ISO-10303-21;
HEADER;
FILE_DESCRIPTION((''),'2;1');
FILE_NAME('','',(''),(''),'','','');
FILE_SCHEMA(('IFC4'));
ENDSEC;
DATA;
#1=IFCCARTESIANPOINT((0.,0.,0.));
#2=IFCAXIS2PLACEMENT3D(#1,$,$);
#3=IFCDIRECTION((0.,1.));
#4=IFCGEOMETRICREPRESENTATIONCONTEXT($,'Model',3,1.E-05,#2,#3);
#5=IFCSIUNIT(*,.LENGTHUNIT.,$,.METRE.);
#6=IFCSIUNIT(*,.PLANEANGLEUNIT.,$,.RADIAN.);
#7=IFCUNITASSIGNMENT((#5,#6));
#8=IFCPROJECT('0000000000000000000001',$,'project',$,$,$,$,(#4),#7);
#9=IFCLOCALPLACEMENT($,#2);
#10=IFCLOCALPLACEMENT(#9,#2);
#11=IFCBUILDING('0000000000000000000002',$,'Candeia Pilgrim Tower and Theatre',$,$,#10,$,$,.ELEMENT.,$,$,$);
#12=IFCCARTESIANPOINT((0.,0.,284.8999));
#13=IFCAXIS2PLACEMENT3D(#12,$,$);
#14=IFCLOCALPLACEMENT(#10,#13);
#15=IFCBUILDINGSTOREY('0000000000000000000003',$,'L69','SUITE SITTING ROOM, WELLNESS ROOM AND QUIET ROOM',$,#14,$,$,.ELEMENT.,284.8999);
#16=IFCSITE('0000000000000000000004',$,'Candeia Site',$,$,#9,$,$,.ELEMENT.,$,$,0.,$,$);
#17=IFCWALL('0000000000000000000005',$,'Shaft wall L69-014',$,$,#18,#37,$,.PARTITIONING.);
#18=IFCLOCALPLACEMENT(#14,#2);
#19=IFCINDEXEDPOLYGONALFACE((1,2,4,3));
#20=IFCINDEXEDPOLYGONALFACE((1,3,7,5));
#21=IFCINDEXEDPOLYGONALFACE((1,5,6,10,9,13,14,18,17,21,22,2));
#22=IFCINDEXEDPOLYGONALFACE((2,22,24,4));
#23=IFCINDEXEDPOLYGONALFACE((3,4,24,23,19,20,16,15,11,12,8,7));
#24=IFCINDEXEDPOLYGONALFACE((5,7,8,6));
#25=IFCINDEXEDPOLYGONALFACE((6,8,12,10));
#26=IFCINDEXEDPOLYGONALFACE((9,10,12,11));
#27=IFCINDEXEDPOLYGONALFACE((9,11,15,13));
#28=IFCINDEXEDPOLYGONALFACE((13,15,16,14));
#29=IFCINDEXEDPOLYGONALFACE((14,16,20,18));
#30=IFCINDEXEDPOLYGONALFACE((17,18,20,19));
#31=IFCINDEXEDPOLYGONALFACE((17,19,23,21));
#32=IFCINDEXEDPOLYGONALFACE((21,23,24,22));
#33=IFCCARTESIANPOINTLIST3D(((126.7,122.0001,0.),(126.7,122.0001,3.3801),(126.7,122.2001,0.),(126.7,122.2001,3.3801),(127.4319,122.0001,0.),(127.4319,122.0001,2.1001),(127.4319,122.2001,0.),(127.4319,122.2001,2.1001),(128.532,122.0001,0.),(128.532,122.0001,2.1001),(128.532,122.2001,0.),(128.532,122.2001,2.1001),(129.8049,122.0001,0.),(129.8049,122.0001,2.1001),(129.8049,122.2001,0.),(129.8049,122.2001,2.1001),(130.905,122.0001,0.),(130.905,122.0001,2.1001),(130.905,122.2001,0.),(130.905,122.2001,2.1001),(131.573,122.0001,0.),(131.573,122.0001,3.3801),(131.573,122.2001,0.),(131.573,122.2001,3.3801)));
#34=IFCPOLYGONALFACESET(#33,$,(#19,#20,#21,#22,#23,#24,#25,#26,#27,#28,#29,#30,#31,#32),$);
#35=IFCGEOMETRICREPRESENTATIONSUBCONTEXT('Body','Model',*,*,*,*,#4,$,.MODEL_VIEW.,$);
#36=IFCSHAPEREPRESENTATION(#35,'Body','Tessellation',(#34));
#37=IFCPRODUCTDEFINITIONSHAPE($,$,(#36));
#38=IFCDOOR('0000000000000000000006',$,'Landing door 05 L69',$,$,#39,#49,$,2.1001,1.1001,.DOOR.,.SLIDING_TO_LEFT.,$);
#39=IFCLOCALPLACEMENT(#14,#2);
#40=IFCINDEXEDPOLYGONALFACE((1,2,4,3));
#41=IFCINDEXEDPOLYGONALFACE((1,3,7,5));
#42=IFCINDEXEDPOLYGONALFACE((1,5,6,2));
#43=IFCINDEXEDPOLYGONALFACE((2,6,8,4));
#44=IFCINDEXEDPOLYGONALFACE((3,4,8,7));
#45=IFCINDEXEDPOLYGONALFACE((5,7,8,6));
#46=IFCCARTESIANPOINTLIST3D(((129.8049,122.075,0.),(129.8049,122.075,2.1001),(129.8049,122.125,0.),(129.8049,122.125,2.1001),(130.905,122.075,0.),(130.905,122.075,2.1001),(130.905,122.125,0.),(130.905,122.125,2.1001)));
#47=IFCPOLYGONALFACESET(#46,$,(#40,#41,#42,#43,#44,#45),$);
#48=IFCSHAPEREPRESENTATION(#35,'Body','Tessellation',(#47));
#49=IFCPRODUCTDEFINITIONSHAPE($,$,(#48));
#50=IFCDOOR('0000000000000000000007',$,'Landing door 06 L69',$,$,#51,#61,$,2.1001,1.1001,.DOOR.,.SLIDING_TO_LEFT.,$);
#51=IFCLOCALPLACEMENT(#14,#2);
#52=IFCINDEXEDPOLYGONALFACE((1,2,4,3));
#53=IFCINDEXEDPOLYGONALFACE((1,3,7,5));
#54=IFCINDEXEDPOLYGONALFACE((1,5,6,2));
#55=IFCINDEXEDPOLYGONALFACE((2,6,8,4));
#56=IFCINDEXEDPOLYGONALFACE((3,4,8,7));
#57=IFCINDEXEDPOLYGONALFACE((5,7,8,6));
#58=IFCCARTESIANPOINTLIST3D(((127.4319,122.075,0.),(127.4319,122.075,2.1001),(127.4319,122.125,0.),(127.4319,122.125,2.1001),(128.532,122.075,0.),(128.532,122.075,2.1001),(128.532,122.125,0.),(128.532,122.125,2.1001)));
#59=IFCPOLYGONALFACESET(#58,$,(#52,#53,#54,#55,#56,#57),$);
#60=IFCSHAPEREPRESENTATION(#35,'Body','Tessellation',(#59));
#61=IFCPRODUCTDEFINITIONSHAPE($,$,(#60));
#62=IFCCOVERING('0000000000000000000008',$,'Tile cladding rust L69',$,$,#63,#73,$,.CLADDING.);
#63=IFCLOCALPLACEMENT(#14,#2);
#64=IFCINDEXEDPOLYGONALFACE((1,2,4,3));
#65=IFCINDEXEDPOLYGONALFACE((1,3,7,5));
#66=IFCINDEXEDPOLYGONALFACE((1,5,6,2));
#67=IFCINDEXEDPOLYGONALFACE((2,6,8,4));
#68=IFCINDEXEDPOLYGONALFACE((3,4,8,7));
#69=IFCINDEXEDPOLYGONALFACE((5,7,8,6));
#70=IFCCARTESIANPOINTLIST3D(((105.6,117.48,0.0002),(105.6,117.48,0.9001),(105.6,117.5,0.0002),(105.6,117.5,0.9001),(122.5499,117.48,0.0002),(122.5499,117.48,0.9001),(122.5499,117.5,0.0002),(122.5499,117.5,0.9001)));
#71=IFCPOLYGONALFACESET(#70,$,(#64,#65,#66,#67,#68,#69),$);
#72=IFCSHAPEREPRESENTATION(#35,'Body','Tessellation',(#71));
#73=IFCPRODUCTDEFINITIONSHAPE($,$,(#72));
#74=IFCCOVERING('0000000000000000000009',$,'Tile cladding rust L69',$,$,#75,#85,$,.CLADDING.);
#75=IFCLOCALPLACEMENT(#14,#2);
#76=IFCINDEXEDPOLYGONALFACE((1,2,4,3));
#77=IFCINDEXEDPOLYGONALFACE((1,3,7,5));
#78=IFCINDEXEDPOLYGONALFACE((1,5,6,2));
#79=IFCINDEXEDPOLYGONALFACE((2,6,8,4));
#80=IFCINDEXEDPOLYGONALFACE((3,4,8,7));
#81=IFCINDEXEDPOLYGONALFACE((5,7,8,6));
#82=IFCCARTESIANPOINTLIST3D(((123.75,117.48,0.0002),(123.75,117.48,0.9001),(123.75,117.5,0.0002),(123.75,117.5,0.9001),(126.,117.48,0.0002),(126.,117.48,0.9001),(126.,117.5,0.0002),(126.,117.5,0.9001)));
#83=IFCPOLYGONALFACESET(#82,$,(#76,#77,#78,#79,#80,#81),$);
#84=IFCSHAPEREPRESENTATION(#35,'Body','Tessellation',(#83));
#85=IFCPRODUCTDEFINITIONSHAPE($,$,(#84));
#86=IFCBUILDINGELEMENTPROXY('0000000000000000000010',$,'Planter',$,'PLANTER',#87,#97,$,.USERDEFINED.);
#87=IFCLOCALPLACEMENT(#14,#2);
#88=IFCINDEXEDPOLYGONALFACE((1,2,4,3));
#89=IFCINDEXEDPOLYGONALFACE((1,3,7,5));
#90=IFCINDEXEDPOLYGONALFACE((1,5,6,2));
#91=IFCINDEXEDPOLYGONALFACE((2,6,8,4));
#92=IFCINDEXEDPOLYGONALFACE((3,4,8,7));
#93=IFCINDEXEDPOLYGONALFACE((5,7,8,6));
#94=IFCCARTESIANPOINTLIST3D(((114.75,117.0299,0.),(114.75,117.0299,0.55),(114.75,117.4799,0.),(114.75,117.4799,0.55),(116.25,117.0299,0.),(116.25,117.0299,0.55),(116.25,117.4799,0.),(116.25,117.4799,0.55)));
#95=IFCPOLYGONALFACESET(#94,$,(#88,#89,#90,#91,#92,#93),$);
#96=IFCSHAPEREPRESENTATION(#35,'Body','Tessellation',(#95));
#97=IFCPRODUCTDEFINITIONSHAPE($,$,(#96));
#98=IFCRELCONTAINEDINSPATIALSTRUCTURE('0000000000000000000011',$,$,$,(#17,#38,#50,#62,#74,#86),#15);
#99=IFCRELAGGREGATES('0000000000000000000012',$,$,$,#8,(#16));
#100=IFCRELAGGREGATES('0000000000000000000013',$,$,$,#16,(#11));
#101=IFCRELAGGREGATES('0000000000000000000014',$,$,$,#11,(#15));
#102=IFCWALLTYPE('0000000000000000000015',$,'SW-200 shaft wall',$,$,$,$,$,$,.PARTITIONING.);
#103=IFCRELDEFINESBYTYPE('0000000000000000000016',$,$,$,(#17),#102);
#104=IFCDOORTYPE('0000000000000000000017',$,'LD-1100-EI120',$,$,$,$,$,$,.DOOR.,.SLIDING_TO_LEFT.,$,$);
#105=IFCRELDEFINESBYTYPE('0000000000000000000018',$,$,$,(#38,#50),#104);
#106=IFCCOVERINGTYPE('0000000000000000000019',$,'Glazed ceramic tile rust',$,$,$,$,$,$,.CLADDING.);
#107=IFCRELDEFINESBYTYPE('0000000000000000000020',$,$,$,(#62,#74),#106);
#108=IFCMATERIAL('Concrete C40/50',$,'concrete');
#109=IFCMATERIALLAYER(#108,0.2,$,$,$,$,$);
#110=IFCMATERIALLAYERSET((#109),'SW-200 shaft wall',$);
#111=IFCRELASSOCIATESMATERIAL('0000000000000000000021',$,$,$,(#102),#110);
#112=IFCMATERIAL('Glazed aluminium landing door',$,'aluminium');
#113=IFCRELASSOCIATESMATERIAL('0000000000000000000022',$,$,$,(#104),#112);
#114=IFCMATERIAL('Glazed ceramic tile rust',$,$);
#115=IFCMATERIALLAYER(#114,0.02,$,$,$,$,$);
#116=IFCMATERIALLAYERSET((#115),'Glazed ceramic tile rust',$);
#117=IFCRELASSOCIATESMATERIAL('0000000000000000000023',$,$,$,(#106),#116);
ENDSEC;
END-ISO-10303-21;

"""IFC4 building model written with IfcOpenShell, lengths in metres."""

from ifc_helpers import new_model, si_unit, direction, frame, frame_2d, origin, origin_2d, place, context, subcontext, project, spatial, rectangle, extrude, material, layer, layer_set, type_object, element, fill, save


model = new_model("IFC4")

# Units and contexts
model_context = context("Model", 3, precision=1e-05, world=origin(), true_north=direction((0.0, 1.0)))
body_context = subcontext(model_context, "Body", "Model", "MODEL_VIEW")
ifc_project = project(units=[si_unit("LENGTHUNIT", "METRE"), si_unit("PLANEANGLEUNIT", "RADIAN")], contexts=[model_context])

# Site, building, storey
site_placement = place(None, origin())
site = spatial("IfcSite", under=ifc_project, at=site_placement, Name="Candeia Site", CompositionType="ELEMENT", RefElevation=0.0)
building_placement = place(site_placement, origin())
building = spatial("IfcBuilding", under=site, at=building_placement, Name="Candeia Pilgrim Tower and Theatre", CompositionType="ELEMENT")
storey_placement = place(building_placement, frame((0.0, 0.0, 284.8999)))
storey = spatial("IfcBuildingStorey", under=building, at=storey_placement, Name="L69", Description="SUITE SITTING ROOM, WELLNESS ROOM AND QUIET ROOM", CompositionType="ELEMENT", Elevation=284.8999)

# Shared definitions
ifc_material_1 = material(Name="Concrete C40/50", Category="concrete")

# Shared definitions
ifc_layer_1 = layer(ifc_material_1, 0.2)
ifc_layer_set_1 = layer_set([ifc_layer_1], Name="SW-200 shaft wall")
wall_type_1 = type_object("IfcWallType", Name="SW-200 shaft wall", PredefinedType="PARTITIONING", material=ifc_layer_set_1)

# Wall, openings, doors
wall_1_placement = place(storey_placement, frame((126.7, 122.1001, 0.0), z_axis=(0.0, 0.0, 1.0), x_axis=(1.0, 0.0, 0.0)))
wall_1 = element("IfcWall", 1, at=wall_1_placement, inside=storey, type_object=wall_type_1, Name="Shaft wall L69-014", PredefinedType="PARTITIONING", context=body_context, shape_type="SweptSolid", body=[
    extrude(rectangle(XDim=4.873, YDim=0.2, at=frame_2d((2.4365, 0.0))), origin(), (0.0, 0.0, 1.0), 3.3801),
])
opening_1_placement = place(wall_1_placement, frame((3.105, 0.0, 0.0)))
opening_1 = element("IfcOpeningElement", 2, at=opening_1_placement, cuts=wall_1, PredefinedType="OPENING", context=body_context, shape_type="SweptSolid", body=[
    extrude(rectangle(XDim=1.1001, YDim=2.1001, at=frame_2d((0.55, 1.05))), frame((0.0, 0.1099, 0.0), z_axis=(0.0, -1.0, 0.0), x_axis=(1.0, 0.0, 0.0)), (0.0, 0.0, 1.0), 0.22),
])
opening_2_placement = place(wall_1_placement, frame((0.7319, 0.0, 0.0)))
opening_2 = element("IfcOpeningElement", 3, at=opening_2_placement, cuts=wall_1, PredefinedType="OPENING", context=body_context, shape_type="SweptSolid", body=[
    extrude(rectangle(XDim=1.1001, YDim=2.1001, at=frame_2d((0.55, 1.05))), frame((0.0, 0.1099, 0.0), z_axis=(0.0, -1.0, 0.0), x_axis=(1.0, 0.0, 0.0)), (0.0, 0.0, 1.0), 0.22),
])
ifc_material_2 = material(Name="Glazed aluminium landing door", Category="aluminium")
door_type_1 = type_object("IfcDoorType", Name="LD-1100-EI120", OperationType="SLIDING_TO_LEFT", PredefinedType="DOOR", material=ifc_material_2)
door_1_placement = place(opening_1_placement, origin())
door_1 = element("IfcDoor", 4, at=door_1_placement, inside=storey, type_object=door_type_1, Name="Landing door 05 L69", OperationType="SLIDING_TO_LEFT", OverallHeight=2.1001, OverallWidth=1.1001, PredefinedType="DOOR", context=body_context, shape_type="SweptSolid", body=[
    extrude(rectangle(XDim=1.1001, YDim=2.1001, at=frame_2d((0.55, 1.05))), frame((0.0, 0.0249, 0.0), z_axis=(0.0, -1.0, 0.0), x_axis=(1.0, 0.0, 0.0)), (0.0, 0.0, 1.0), 0.05),
])
fill(opening_1, door_1)
door_2_placement = place(opening_2_placement, origin())
door_2 = element("IfcDoor", 5, at=door_2_placement, inside=storey, type_object=door_type_1, Name="Landing door 06 L69", OperationType="SLIDING_TO_LEFT", OverallHeight=2.1001, OverallWidth=1.1001, PredefinedType="DOOR", context=body_context, shape_type="SweptSolid", body=[
    extrude(rectangle(XDim=1.1001, YDim=2.1001, at=frame_2d((0.55, 1.05))), frame((0.0, 0.0249, 0.0), z_axis=(0.0, -1.0, 0.0), x_axis=(1.0, 0.0, 0.0)), (0.0, 0.0, 1.0), 0.05),
])
fill(opening_2, door_2)

# Coverings
ifc_material_3 = material(Name="Glazed ceramic tile rust")
ifc_layer_2 = layer(ifc_material_3, 0.02)
ifc_layer_set_2 = layer_set([ifc_layer_2], Name="Glazed ceramic tile rust")
covering_type = type_object("IfcCoveringType", Name="Glazed ceramic tile rust", PredefinedType="CLADDING", material=ifc_layer_set_2)
covering_1_placement = place(storey_placement, frame((114.075, 117.49, 0.0002), z_axis=(0.0, 0.0, 1.0), x_axis=(1.0, 0.0, 0.0)))
element("IfcCovering", 6, at=covering_1_placement, inside=storey, type_object=covering_type, Name="Tile cladding rust L69", PredefinedType="CLADDING", context=body_context, shape_type="SweptSolid", body=[
    extrude(rectangle(XDim=16.95, YDim=0.02, at=origin_2d()), origin(), (0.0, 0.0, 1.0), 0.8999),
])
covering_2_placement = place(storey_placement, frame((124.875, 117.49, 0.0002), z_axis=(0.0, 0.0, 1.0), x_axis=(1.0, 0.0, 0.0)))
element("IfcCovering", 7, at=covering_2_placement, inside=storey, type_object=covering_type, Name="Tile cladding rust L69", PredefinedType="CLADDING", context=body_context, shape_type="SweptSolid", body=[
    extrude(rectangle(XDim=2.25, YDim=0.02, at=origin_2d()), origin(), (0.0, 0.0, 1.0), 0.8999),
])

# Building element proxy
proxy_placement = place(storey_placement, frame((115.5, 117.2549, 0.0), z_axis=(0.0, 0.0, 1.0), x_axis=(1.0, 0.0, 0.0)))
element("IfcBuildingElementProxy", 8, at=proxy_placement, inside=storey, Name="Planter", ObjectType="PLANTER", PredefinedType="USERDEFINED", context=body_context, shape_type="SweptSolid", body=[
    extrude(rectangle(XDim=1.5, YDim=0.45, at=origin_2d()), origin(), (0.0, 0.0, 1.0), 0.55),
])

save(model, "model.ifc")
